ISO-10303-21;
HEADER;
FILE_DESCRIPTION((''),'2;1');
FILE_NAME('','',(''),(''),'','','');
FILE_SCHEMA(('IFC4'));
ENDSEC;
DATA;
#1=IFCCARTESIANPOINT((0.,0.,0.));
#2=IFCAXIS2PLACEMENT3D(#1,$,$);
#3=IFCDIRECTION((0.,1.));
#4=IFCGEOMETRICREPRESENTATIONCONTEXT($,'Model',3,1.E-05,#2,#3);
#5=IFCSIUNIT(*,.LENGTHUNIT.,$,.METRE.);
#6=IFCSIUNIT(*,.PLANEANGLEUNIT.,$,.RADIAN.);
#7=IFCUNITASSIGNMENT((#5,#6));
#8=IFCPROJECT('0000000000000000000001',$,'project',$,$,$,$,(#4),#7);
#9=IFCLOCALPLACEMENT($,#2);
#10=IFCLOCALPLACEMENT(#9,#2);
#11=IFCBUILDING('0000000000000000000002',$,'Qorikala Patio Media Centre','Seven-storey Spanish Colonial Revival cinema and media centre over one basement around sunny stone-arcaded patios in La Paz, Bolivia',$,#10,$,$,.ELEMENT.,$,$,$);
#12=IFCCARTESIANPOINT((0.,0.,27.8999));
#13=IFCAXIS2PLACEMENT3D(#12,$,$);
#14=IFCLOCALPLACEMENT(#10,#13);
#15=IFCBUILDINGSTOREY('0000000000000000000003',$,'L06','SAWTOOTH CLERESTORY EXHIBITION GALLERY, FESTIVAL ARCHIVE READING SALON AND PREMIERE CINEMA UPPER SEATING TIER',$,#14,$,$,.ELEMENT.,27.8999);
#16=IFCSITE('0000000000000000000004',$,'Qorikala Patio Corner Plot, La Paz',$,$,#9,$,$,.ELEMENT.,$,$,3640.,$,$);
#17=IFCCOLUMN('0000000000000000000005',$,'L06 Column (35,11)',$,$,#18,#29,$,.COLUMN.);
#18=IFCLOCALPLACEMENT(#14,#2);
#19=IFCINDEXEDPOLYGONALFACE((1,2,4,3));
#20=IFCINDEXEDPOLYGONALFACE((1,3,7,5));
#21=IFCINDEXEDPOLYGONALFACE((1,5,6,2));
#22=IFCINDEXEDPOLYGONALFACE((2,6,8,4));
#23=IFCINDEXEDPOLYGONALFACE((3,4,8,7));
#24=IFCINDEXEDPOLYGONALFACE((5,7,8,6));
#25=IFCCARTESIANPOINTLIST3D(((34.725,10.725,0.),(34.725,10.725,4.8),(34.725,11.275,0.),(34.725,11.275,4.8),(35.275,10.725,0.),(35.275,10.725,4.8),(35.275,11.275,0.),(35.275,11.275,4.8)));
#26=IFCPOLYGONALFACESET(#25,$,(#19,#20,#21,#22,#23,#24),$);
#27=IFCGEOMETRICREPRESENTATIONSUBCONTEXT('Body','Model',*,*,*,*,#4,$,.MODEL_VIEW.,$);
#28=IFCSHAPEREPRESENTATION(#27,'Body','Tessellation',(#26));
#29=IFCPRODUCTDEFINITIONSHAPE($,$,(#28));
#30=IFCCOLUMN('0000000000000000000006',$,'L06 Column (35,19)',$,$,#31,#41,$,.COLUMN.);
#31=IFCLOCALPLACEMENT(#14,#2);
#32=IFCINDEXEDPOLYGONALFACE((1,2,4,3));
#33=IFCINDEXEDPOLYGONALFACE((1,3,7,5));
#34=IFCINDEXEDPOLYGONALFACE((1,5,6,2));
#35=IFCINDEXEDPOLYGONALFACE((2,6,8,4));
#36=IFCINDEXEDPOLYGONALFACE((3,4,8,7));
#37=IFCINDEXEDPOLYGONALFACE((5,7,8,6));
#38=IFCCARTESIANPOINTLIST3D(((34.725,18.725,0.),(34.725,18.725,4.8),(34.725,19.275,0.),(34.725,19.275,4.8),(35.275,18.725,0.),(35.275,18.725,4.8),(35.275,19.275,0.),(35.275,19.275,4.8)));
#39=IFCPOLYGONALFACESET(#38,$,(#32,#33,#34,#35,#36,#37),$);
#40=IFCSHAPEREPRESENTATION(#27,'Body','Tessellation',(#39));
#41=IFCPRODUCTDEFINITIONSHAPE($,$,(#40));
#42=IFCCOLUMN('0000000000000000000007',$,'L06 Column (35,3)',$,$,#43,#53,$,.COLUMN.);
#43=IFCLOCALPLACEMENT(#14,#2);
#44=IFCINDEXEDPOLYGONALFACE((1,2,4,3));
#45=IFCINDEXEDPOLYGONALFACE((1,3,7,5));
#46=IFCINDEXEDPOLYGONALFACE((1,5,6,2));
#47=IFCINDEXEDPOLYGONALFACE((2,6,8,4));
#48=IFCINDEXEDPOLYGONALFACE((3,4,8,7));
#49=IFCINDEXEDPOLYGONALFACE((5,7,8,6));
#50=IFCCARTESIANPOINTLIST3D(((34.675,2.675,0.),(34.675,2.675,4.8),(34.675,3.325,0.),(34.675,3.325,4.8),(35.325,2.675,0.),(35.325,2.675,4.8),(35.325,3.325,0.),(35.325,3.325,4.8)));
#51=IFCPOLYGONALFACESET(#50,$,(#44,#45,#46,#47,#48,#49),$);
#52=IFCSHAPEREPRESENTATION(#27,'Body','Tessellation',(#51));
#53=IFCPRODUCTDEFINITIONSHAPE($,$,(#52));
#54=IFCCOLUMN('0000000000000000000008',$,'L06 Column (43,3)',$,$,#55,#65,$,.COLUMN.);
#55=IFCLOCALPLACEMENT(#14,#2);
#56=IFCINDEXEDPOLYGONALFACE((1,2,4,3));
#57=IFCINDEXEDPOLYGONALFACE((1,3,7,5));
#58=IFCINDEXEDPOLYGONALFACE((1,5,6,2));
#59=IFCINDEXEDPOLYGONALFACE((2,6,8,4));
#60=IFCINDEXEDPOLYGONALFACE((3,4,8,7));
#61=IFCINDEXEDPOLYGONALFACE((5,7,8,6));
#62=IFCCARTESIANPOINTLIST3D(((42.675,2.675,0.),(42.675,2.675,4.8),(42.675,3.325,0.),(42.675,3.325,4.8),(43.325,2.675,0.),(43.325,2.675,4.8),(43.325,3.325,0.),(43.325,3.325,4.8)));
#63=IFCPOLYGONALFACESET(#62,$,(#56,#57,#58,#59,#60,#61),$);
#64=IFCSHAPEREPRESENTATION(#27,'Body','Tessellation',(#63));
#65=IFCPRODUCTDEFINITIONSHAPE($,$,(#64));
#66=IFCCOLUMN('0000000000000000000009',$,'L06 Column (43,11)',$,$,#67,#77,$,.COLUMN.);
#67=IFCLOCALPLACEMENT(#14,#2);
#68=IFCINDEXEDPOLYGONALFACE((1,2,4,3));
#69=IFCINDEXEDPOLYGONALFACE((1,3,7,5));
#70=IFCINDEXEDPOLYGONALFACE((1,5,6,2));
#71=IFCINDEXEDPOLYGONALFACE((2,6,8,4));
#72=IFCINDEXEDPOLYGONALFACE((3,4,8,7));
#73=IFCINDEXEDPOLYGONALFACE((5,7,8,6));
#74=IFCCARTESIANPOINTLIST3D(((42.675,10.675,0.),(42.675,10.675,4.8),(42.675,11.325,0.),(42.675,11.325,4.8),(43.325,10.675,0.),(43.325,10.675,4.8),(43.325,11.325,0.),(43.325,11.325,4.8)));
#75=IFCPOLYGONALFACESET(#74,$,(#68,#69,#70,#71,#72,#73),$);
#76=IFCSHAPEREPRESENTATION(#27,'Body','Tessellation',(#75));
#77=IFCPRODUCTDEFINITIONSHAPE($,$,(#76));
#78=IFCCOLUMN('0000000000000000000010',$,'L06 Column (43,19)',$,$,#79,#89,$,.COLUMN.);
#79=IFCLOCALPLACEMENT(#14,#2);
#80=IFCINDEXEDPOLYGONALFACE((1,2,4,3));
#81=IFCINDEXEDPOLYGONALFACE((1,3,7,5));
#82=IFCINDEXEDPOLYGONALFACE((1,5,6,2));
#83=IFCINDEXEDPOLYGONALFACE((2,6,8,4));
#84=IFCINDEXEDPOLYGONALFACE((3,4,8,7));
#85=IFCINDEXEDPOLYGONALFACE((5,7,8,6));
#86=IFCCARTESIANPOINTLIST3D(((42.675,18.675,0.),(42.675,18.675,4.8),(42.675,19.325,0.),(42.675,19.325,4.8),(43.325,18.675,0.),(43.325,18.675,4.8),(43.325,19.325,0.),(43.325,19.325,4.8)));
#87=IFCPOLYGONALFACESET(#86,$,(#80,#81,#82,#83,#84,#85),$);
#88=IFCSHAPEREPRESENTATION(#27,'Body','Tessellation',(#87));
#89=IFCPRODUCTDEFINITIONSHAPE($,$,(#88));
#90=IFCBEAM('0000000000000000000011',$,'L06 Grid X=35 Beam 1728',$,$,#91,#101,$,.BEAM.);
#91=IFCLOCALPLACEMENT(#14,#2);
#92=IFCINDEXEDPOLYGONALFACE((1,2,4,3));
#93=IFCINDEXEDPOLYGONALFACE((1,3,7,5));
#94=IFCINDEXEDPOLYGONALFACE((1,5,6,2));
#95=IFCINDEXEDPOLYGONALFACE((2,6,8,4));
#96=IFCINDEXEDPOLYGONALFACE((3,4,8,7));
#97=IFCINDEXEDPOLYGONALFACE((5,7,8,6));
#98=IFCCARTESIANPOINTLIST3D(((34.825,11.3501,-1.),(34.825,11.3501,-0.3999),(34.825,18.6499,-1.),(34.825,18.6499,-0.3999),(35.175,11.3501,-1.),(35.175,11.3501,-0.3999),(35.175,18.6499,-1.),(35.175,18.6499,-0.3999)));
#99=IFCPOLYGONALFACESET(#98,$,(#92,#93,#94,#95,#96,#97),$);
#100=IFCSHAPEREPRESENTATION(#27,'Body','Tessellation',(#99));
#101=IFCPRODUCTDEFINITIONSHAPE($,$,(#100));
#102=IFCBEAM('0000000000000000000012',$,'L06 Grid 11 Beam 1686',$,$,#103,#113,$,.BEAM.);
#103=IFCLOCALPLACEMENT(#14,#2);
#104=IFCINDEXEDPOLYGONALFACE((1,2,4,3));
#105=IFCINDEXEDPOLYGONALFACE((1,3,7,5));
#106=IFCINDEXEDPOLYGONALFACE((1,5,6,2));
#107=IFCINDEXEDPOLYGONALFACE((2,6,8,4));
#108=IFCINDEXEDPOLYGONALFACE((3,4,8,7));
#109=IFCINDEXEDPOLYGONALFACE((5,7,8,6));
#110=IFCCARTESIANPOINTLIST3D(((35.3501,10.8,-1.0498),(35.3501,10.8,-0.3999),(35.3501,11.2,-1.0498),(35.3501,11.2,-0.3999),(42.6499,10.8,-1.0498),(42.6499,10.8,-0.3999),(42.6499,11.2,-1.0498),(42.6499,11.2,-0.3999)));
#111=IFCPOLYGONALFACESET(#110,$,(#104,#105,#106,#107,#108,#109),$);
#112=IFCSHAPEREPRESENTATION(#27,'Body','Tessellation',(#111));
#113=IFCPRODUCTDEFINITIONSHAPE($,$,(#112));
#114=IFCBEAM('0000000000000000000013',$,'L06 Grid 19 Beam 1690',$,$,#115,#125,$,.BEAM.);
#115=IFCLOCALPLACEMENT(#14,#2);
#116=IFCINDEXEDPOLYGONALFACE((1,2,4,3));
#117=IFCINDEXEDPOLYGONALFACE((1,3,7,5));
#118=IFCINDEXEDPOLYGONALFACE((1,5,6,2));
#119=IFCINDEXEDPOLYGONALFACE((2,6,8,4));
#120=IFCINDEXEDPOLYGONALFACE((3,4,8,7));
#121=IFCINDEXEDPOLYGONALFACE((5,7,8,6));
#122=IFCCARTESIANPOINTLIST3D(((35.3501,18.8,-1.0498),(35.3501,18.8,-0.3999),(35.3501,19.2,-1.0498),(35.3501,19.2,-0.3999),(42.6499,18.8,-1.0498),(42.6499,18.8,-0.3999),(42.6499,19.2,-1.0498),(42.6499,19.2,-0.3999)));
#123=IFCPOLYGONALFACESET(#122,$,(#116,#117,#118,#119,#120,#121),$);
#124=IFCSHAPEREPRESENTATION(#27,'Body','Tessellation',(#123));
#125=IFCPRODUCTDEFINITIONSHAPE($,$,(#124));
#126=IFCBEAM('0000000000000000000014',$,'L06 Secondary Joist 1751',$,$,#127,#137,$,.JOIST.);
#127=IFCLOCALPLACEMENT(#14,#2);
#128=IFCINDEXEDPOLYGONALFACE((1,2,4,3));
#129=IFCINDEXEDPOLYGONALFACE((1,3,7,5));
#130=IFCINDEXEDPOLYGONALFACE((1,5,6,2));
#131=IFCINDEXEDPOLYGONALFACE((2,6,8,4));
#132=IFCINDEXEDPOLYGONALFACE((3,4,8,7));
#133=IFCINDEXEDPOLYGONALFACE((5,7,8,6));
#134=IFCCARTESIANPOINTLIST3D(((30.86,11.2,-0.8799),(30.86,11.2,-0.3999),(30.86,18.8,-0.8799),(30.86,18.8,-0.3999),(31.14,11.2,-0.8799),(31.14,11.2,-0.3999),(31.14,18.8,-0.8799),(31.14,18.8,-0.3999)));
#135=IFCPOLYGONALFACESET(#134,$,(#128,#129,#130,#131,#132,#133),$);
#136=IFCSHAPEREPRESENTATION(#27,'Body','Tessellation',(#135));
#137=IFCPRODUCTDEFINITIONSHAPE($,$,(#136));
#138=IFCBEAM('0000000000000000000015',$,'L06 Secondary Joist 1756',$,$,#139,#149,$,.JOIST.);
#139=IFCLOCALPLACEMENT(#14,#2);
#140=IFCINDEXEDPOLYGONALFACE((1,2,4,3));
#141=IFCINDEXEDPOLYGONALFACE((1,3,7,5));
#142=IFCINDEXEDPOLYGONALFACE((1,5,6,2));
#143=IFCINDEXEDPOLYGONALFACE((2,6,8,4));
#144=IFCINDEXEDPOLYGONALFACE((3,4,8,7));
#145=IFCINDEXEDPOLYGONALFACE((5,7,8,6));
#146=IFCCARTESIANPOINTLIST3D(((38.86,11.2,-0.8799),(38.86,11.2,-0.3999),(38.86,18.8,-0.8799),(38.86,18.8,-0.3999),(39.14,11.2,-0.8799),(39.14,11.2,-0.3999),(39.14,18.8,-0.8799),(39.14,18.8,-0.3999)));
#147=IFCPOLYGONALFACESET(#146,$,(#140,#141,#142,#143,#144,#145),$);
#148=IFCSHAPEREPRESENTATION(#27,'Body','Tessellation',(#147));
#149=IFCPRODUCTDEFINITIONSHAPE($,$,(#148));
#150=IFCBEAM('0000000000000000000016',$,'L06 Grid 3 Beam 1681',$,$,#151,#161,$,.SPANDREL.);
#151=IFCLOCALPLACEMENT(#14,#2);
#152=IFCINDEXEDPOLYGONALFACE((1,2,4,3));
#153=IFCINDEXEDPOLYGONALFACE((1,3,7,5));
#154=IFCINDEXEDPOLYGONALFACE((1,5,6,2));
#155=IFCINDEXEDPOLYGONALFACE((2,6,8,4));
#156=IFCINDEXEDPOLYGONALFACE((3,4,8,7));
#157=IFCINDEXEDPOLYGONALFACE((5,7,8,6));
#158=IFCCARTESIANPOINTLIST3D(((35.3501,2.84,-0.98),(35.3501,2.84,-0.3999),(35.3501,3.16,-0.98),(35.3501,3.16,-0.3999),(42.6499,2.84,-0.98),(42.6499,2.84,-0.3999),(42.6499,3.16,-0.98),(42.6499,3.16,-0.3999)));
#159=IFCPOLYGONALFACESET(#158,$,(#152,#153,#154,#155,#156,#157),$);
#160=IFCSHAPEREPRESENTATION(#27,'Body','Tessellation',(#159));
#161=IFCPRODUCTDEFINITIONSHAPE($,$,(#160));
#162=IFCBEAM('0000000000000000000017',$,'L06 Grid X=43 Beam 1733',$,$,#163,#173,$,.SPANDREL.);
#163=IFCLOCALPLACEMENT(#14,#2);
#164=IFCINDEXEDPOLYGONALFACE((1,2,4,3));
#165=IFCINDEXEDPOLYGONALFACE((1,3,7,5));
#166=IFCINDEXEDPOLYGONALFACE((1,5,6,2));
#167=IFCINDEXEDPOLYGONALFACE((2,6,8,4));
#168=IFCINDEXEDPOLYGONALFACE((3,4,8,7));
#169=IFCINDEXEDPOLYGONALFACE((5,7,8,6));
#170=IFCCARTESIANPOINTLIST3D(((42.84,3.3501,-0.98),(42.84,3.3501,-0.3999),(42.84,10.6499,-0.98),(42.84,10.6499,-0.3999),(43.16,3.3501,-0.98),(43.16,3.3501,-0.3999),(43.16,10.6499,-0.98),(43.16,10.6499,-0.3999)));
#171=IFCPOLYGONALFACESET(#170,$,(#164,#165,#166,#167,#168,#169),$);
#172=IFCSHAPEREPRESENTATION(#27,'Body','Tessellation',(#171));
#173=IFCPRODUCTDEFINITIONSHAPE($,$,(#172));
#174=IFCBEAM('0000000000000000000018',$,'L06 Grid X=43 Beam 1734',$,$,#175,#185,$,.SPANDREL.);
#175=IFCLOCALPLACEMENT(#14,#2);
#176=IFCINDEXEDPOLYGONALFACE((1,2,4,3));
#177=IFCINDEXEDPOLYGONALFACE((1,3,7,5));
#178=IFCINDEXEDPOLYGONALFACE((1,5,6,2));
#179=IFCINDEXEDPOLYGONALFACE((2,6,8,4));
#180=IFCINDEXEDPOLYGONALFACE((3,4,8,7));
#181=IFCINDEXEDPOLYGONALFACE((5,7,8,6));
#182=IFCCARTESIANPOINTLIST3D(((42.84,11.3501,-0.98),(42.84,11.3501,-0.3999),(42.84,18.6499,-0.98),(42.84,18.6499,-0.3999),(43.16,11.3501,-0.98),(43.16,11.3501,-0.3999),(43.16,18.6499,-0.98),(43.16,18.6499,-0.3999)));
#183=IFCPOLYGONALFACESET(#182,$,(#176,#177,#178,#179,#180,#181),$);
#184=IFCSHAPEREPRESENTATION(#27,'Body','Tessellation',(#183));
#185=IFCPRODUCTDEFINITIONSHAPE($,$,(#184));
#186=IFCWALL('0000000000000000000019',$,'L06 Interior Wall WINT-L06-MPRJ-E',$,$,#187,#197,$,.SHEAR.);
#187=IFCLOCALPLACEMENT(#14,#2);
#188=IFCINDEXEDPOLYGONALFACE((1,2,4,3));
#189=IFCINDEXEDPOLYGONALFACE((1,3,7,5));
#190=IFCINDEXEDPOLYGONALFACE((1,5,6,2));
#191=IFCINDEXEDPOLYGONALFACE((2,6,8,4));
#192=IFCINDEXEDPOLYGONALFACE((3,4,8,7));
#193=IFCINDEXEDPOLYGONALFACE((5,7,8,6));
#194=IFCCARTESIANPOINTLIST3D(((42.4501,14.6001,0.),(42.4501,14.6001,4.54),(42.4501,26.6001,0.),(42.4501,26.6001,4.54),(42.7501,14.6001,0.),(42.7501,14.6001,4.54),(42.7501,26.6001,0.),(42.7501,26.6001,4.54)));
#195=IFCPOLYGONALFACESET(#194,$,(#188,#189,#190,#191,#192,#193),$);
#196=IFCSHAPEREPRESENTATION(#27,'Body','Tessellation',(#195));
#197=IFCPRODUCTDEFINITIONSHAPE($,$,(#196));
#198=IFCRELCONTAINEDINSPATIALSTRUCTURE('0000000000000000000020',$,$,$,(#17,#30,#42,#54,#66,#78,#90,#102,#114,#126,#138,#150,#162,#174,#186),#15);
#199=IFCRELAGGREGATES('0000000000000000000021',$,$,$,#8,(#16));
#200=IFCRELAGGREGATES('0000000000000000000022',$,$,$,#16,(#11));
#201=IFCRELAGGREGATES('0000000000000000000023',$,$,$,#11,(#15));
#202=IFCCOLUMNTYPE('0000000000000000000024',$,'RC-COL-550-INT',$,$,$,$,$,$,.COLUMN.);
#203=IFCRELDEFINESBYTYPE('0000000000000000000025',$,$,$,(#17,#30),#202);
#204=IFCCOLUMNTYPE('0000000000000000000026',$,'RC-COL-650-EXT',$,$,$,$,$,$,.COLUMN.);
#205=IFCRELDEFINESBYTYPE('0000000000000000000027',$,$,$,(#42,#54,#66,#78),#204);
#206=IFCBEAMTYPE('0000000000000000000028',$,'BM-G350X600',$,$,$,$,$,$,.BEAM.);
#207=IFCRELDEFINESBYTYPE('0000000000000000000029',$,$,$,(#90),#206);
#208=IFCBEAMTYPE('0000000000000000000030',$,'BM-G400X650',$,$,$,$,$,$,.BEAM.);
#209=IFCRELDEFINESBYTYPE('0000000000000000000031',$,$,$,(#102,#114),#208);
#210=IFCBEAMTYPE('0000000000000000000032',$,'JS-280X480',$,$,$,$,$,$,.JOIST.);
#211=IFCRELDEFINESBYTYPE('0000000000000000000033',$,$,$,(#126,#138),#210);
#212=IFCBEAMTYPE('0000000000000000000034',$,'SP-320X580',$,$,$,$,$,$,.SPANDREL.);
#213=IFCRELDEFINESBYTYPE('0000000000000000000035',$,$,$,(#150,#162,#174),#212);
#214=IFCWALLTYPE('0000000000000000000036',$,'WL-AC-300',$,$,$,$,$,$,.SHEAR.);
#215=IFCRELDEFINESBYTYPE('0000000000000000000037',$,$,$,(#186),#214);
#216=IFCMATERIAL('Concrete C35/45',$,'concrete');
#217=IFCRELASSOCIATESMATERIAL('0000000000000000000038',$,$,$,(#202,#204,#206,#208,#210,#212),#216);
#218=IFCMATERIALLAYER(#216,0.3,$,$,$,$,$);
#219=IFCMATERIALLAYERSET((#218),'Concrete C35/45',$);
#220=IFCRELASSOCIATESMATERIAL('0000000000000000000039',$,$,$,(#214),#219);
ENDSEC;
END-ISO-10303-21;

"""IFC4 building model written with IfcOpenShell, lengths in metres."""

from ifc_helpers import new_model, si_unit, direction, frame, frame_2d, origin, origin_2d, place, context, subcontext, project, spatial, rectangle, extrude, material, layer, layer_set, material_profile, profile_set, type_object, element, save


model = new_model("IFC4")

# Units and contexts
model_context = context("Model", 3, precision=1e-05, world=origin(), true_north=direction((0.0, 1.0)))
body_context = subcontext(model_context, "Body", "Model", "MODEL_VIEW")
ifc_project = project(units=[si_unit("LENGTHUNIT", "METRE"), si_unit("PLANEANGLEUNIT", "RADIAN")], contexts=[model_context])

# Site, building, storey
site_placement = place(None, origin())
site = spatial("IfcSite", under=ifc_project, at=site_placement, Name="Qorikala Patio Corner Plot, La Paz", CompositionType="ELEMENT", RefElevation=3640.0)
building_placement = place(site_placement, origin())
building = spatial("IfcBuilding", under=site, at=building_placement, Name="Qorikala Patio Media Centre", Description="Seven-storey Spanish Colonial Revival cinema and media centre over one basement around sunny stone-arcaded patios in La Paz, Bolivia", CompositionType="ELEMENT")
storey_placement = place(building_placement, frame((0.0, 0.0, 27.8999)))
storey = spatial("IfcBuildingStorey", under=building, at=storey_placement, Name="L06", Description="SAWTOOTH CLERESTORY EXHIBITION GALLERY, FESTIVAL ARCHIVE READING SALON AND PREMIERE CINEMA UPPER SEATING TIER", CompositionType="ELEMENT", Elevation=27.8999)

# Columns
ifc_material_1 = material(Name="Concrete C35/45", Category="concrete")
ifc_material_profile_1 = material_profile(ifc_material_1, rectangle(XDim=0.55, YDim=0.55, at=origin_2d()), Name="RC 550x550")
ifc_profile_set_1 = profile_set([ifc_material_profile_1], Name="Concrete C35/45")
column_type_1 = type_object("IfcColumnType", Name="RC-COL-550-INT", PredefinedType="COLUMN", material=ifc_profile_set_1)
for number, where, z_axis, x_axis, name in (
    (1, (35.0, 11.0, 0.0), (0.0, 0.0, 1.0), (1.0, 0.0, 0.0), "L06 Column (35,11)"),
    (2, (35.0, 19.0, 0.0), (0.0, 0.0, 1.0), (1.0, 0.0, 0.0), "L06 Column (35,19)"),
):
    element("IfcColumn", number, at=place(storey_placement, frame(where, z_axis=z_axis, x_axis=x_axis)), inside=storey, type_object=column_type_1, Name=name, PredefinedType="COLUMN", context=body_context, shape_type="SweptSolid", body=[
        extrude(rectangle(XDim=0.55, YDim=0.55, at=origin_2d()), origin(), (0.0, 0.0, 1.0), 4.8),
    ])
ifc_material_profile_2 = material_profile(ifc_material_1, rectangle(XDim=0.6499, YDim=0.6499, at=origin_2d()), Name="RC 650x650")
ifc_profile_set_2 = profile_set([ifc_material_profile_2], Name="Concrete C35/45")
column_type_2 = type_object("IfcColumnType", Name="RC-COL-650-EXT", PredefinedType="COLUMN", material=ifc_profile_set_2)
for number, where, z_axis, x_axis, name in (
    (3, (35.0, 3.0, 0.0), (0.0, 0.0, 1.0), (1.0, 0.0, 0.0), "L06 Column (35,3)"),
    (4, (43.0, 3.0, 0.0), (0.0, 0.0, 1.0), (1.0, 0.0, 0.0), "L06 Column (43,3)"),
    (5, (43.0, 11.0, 0.0), (0.0, 0.0, 1.0), (1.0, 0.0, 0.0), "L06 Column (43,11)"),
    (6, (43.0, 19.0, 0.0), (0.0, 0.0, 1.0), (1.0, 0.0, 0.0), "L06 Column (43,19)"),
):
    element("IfcColumn", number, at=place(storey_placement, frame(where, z_axis=z_axis, x_axis=x_axis)), inside=storey, type_object=column_type_2, Name=name, PredefinedType="COLUMN", context=body_context, shape_type="SweptSolid", body=[
        extrude(rectangle(XDim=0.6499, YDim=0.6499, at=origin_2d()), origin(), (0.0, 0.0, 1.0), 4.8),
    ])

# Beams
ifc_material_profile_3 = material_profile(ifc_material_1, rectangle(XDim=0.3501, YDim=0.6001, at=origin_2d()), Name="RC 350x600")
ifc_profile_set_3 = profile_set([ifc_material_profile_3], Name="Concrete C35/45")
beam_type_1 = type_object("IfcBeamType", Name="BM-G350X600", PredefinedType="BEAM", material=ifc_profile_set_3)
beam_placement = place(storey_placement, frame((35.0, 11.3501, -0.7), z_axis=(0.0, 1.0, 0.0), x_axis=(-1.0, 0.0, 0.0)))
element("IfcBeam", 7, at=beam_placement, inside=storey, type_object=beam_type_1, Name="L06 Grid X=35 Beam 1728", PredefinedType="BEAM", context=body_context, shape_type="SweptSolid", body=[
    extrude(rectangle(XDim=0.3501, YDim=0.6001, at=origin_2d()), origin(), (0.0, 0.0, 1.0), 7.2998),
])
ifc_material_profile_4 = material_profile(ifc_material_1, rectangle(XDim=0.3999, YDim=0.6499, at=origin_2d()), Name="RC 400x650")
ifc_profile_set_4 = profile_set([ifc_material_profile_4], Name="Concrete C35/45")
beam_type_2 = type_object("IfcBeamType", Name="BM-G400X650", PredefinedType="BEAM", material=ifc_profile_set_4)
for number, where, z_axis, x_axis, name in (
    (8, (35.3501, 11.0, -0.7249), (1.0, 0.0, 0.0), (0.0, 1.0, 0.0), "L06 Grid 11 Beam 1686"),
    (9, (35.3501, 19.0, -0.7249), (1.0, 0.0, 0.0), (0.0, 1.0, 0.0), "L06 Grid 19 Beam 1690"),
):
    element("IfcBeam", number, at=place(storey_placement, frame(where, z_axis=z_axis, x_axis=x_axis)), inside=storey, type_object=beam_type_2, Name=name, PredefinedType="BEAM", context=body_context, shape_type="SweptSolid", body=[
        extrude(rectangle(XDim=0.3999, YDim=0.6499, at=origin_2d()), origin(), (0.0, 0.0, 1.0), 7.2998),
    ])
ifc_material_profile_5 = material_profile(ifc_material_1, rectangle(XDim=0.28, YDim=0.48, at=origin_2d()), Name="RC 280x480")
ifc_profile_set_5 = profile_set([ifc_material_profile_5], Name="Concrete C35/45")
beam_type_3 = type_object("IfcBeamType", Name="JS-280X480", PredefinedType="JOIST", material=ifc_profile_set_5)
for number, where, z_axis, x_axis, name in (
    (10, (31.0, 11.2, -0.6399), (0.0, 1.0, 0.0), (-1.0, 0.0, 0.0), "L06 Secondary Joist 1751"),
    (11, (39.0, 11.2, -0.6399), (0.0, 1.0, 0.0), (-1.0, 0.0, 0.0), "L06 Secondary Joist 1756"),
):
    element("IfcBeam", number, at=place(storey_placement, frame(where, z_axis=z_axis, x_axis=x_axis)), inside=storey, type_object=beam_type_3, Name=name, PredefinedType="JOIST", context=body_context, shape_type="SweptSolid", body=[
        extrude(rectangle(XDim=0.28, YDim=0.48, at=origin_2d()), origin(), (0.0, 0.0, 1.0), 7.6001),
    ])
ifc_material_profile_6 = material_profile(ifc_material_1, rectangle(XDim=0.3201, YDim=0.5801, at=origin_2d()), Name="RC 320x580")
ifc_profile_set_6 = profile_set([ifc_material_profile_6], Name="Concrete C35/45")
beam_type_4 = type_object("IfcBeamType", Name="SP-320X580", PredefinedType="SPANDREL", material=ifc_profile_set_6)
for number, where, z_axis, x_axis, name in (
    (12, (35.3501, 3.0, -0.6899), (1.0, 0.0, 0.0), (0.0, 1.0, 0.0), "L06 Grid 3 Beam 1681"),
    (13, (43.0, 3.3501, -0.6899), (0.0, 1.0, 0.0), (-1.0, 0.0, 0.0), "L06 Grid X=43 Beam 1733"),
    (14, (43.0, 11.3501, -0.6899), (0.0, 1.0, 0.0), (-1.0, 0.0, 0.0), "L06 Grid X=43 Beam 1734"),
):
    element("IfcBeam", number, at=place(storey_placement, frame(where, z_axis=z_axis, x_axis=x_axis)), inside=storey, type_object=beam_type_4, Name=name, PredefinedType="SPANDREL", context=body_context, shape_type="SweptSolid", body=[
        extrude(rectangle(XDim=0.3201, YDim=0.5801, at=origin_2d()), origin(), (0.0, 0.0, 1.0), 7.2998),
    ])

# Wall
ifc_layer_1 = layer(ifc_material_1, 0.3)
ifc_layer_set_1 = layer_set([ifc_layer_1], Name="Concrete C35/45")
wall_type_1 = type_object("IfcWallType", Name="WL-AC-300", PredefinedType="SHEAR", material=ifc_layer_set_1)
wall_1_placement = place(storey_placement, frame((42.6001, 14.6001, 0.0), z_axis=(0.0, 0.0, 1.0), x_axis=(0.0, 1.0, 0.0)))
element("IfcWall", 15, at=wall_1_placement, inside=storey, type_object=wall_type_1, Name="L06 Interior Wall WINT-L06-MPRJ-E", PredefinedType="SHEAR", context=body_context, shape_type="SweptSolid", body=[
    extrude(rectangle(XDim=12.0, YDim=0.3, at=frame_2d((6.0, 0.0))), origin(), (0.0, 0.0, 1.0), 4.54),
])

save(model, "model.ifc")
